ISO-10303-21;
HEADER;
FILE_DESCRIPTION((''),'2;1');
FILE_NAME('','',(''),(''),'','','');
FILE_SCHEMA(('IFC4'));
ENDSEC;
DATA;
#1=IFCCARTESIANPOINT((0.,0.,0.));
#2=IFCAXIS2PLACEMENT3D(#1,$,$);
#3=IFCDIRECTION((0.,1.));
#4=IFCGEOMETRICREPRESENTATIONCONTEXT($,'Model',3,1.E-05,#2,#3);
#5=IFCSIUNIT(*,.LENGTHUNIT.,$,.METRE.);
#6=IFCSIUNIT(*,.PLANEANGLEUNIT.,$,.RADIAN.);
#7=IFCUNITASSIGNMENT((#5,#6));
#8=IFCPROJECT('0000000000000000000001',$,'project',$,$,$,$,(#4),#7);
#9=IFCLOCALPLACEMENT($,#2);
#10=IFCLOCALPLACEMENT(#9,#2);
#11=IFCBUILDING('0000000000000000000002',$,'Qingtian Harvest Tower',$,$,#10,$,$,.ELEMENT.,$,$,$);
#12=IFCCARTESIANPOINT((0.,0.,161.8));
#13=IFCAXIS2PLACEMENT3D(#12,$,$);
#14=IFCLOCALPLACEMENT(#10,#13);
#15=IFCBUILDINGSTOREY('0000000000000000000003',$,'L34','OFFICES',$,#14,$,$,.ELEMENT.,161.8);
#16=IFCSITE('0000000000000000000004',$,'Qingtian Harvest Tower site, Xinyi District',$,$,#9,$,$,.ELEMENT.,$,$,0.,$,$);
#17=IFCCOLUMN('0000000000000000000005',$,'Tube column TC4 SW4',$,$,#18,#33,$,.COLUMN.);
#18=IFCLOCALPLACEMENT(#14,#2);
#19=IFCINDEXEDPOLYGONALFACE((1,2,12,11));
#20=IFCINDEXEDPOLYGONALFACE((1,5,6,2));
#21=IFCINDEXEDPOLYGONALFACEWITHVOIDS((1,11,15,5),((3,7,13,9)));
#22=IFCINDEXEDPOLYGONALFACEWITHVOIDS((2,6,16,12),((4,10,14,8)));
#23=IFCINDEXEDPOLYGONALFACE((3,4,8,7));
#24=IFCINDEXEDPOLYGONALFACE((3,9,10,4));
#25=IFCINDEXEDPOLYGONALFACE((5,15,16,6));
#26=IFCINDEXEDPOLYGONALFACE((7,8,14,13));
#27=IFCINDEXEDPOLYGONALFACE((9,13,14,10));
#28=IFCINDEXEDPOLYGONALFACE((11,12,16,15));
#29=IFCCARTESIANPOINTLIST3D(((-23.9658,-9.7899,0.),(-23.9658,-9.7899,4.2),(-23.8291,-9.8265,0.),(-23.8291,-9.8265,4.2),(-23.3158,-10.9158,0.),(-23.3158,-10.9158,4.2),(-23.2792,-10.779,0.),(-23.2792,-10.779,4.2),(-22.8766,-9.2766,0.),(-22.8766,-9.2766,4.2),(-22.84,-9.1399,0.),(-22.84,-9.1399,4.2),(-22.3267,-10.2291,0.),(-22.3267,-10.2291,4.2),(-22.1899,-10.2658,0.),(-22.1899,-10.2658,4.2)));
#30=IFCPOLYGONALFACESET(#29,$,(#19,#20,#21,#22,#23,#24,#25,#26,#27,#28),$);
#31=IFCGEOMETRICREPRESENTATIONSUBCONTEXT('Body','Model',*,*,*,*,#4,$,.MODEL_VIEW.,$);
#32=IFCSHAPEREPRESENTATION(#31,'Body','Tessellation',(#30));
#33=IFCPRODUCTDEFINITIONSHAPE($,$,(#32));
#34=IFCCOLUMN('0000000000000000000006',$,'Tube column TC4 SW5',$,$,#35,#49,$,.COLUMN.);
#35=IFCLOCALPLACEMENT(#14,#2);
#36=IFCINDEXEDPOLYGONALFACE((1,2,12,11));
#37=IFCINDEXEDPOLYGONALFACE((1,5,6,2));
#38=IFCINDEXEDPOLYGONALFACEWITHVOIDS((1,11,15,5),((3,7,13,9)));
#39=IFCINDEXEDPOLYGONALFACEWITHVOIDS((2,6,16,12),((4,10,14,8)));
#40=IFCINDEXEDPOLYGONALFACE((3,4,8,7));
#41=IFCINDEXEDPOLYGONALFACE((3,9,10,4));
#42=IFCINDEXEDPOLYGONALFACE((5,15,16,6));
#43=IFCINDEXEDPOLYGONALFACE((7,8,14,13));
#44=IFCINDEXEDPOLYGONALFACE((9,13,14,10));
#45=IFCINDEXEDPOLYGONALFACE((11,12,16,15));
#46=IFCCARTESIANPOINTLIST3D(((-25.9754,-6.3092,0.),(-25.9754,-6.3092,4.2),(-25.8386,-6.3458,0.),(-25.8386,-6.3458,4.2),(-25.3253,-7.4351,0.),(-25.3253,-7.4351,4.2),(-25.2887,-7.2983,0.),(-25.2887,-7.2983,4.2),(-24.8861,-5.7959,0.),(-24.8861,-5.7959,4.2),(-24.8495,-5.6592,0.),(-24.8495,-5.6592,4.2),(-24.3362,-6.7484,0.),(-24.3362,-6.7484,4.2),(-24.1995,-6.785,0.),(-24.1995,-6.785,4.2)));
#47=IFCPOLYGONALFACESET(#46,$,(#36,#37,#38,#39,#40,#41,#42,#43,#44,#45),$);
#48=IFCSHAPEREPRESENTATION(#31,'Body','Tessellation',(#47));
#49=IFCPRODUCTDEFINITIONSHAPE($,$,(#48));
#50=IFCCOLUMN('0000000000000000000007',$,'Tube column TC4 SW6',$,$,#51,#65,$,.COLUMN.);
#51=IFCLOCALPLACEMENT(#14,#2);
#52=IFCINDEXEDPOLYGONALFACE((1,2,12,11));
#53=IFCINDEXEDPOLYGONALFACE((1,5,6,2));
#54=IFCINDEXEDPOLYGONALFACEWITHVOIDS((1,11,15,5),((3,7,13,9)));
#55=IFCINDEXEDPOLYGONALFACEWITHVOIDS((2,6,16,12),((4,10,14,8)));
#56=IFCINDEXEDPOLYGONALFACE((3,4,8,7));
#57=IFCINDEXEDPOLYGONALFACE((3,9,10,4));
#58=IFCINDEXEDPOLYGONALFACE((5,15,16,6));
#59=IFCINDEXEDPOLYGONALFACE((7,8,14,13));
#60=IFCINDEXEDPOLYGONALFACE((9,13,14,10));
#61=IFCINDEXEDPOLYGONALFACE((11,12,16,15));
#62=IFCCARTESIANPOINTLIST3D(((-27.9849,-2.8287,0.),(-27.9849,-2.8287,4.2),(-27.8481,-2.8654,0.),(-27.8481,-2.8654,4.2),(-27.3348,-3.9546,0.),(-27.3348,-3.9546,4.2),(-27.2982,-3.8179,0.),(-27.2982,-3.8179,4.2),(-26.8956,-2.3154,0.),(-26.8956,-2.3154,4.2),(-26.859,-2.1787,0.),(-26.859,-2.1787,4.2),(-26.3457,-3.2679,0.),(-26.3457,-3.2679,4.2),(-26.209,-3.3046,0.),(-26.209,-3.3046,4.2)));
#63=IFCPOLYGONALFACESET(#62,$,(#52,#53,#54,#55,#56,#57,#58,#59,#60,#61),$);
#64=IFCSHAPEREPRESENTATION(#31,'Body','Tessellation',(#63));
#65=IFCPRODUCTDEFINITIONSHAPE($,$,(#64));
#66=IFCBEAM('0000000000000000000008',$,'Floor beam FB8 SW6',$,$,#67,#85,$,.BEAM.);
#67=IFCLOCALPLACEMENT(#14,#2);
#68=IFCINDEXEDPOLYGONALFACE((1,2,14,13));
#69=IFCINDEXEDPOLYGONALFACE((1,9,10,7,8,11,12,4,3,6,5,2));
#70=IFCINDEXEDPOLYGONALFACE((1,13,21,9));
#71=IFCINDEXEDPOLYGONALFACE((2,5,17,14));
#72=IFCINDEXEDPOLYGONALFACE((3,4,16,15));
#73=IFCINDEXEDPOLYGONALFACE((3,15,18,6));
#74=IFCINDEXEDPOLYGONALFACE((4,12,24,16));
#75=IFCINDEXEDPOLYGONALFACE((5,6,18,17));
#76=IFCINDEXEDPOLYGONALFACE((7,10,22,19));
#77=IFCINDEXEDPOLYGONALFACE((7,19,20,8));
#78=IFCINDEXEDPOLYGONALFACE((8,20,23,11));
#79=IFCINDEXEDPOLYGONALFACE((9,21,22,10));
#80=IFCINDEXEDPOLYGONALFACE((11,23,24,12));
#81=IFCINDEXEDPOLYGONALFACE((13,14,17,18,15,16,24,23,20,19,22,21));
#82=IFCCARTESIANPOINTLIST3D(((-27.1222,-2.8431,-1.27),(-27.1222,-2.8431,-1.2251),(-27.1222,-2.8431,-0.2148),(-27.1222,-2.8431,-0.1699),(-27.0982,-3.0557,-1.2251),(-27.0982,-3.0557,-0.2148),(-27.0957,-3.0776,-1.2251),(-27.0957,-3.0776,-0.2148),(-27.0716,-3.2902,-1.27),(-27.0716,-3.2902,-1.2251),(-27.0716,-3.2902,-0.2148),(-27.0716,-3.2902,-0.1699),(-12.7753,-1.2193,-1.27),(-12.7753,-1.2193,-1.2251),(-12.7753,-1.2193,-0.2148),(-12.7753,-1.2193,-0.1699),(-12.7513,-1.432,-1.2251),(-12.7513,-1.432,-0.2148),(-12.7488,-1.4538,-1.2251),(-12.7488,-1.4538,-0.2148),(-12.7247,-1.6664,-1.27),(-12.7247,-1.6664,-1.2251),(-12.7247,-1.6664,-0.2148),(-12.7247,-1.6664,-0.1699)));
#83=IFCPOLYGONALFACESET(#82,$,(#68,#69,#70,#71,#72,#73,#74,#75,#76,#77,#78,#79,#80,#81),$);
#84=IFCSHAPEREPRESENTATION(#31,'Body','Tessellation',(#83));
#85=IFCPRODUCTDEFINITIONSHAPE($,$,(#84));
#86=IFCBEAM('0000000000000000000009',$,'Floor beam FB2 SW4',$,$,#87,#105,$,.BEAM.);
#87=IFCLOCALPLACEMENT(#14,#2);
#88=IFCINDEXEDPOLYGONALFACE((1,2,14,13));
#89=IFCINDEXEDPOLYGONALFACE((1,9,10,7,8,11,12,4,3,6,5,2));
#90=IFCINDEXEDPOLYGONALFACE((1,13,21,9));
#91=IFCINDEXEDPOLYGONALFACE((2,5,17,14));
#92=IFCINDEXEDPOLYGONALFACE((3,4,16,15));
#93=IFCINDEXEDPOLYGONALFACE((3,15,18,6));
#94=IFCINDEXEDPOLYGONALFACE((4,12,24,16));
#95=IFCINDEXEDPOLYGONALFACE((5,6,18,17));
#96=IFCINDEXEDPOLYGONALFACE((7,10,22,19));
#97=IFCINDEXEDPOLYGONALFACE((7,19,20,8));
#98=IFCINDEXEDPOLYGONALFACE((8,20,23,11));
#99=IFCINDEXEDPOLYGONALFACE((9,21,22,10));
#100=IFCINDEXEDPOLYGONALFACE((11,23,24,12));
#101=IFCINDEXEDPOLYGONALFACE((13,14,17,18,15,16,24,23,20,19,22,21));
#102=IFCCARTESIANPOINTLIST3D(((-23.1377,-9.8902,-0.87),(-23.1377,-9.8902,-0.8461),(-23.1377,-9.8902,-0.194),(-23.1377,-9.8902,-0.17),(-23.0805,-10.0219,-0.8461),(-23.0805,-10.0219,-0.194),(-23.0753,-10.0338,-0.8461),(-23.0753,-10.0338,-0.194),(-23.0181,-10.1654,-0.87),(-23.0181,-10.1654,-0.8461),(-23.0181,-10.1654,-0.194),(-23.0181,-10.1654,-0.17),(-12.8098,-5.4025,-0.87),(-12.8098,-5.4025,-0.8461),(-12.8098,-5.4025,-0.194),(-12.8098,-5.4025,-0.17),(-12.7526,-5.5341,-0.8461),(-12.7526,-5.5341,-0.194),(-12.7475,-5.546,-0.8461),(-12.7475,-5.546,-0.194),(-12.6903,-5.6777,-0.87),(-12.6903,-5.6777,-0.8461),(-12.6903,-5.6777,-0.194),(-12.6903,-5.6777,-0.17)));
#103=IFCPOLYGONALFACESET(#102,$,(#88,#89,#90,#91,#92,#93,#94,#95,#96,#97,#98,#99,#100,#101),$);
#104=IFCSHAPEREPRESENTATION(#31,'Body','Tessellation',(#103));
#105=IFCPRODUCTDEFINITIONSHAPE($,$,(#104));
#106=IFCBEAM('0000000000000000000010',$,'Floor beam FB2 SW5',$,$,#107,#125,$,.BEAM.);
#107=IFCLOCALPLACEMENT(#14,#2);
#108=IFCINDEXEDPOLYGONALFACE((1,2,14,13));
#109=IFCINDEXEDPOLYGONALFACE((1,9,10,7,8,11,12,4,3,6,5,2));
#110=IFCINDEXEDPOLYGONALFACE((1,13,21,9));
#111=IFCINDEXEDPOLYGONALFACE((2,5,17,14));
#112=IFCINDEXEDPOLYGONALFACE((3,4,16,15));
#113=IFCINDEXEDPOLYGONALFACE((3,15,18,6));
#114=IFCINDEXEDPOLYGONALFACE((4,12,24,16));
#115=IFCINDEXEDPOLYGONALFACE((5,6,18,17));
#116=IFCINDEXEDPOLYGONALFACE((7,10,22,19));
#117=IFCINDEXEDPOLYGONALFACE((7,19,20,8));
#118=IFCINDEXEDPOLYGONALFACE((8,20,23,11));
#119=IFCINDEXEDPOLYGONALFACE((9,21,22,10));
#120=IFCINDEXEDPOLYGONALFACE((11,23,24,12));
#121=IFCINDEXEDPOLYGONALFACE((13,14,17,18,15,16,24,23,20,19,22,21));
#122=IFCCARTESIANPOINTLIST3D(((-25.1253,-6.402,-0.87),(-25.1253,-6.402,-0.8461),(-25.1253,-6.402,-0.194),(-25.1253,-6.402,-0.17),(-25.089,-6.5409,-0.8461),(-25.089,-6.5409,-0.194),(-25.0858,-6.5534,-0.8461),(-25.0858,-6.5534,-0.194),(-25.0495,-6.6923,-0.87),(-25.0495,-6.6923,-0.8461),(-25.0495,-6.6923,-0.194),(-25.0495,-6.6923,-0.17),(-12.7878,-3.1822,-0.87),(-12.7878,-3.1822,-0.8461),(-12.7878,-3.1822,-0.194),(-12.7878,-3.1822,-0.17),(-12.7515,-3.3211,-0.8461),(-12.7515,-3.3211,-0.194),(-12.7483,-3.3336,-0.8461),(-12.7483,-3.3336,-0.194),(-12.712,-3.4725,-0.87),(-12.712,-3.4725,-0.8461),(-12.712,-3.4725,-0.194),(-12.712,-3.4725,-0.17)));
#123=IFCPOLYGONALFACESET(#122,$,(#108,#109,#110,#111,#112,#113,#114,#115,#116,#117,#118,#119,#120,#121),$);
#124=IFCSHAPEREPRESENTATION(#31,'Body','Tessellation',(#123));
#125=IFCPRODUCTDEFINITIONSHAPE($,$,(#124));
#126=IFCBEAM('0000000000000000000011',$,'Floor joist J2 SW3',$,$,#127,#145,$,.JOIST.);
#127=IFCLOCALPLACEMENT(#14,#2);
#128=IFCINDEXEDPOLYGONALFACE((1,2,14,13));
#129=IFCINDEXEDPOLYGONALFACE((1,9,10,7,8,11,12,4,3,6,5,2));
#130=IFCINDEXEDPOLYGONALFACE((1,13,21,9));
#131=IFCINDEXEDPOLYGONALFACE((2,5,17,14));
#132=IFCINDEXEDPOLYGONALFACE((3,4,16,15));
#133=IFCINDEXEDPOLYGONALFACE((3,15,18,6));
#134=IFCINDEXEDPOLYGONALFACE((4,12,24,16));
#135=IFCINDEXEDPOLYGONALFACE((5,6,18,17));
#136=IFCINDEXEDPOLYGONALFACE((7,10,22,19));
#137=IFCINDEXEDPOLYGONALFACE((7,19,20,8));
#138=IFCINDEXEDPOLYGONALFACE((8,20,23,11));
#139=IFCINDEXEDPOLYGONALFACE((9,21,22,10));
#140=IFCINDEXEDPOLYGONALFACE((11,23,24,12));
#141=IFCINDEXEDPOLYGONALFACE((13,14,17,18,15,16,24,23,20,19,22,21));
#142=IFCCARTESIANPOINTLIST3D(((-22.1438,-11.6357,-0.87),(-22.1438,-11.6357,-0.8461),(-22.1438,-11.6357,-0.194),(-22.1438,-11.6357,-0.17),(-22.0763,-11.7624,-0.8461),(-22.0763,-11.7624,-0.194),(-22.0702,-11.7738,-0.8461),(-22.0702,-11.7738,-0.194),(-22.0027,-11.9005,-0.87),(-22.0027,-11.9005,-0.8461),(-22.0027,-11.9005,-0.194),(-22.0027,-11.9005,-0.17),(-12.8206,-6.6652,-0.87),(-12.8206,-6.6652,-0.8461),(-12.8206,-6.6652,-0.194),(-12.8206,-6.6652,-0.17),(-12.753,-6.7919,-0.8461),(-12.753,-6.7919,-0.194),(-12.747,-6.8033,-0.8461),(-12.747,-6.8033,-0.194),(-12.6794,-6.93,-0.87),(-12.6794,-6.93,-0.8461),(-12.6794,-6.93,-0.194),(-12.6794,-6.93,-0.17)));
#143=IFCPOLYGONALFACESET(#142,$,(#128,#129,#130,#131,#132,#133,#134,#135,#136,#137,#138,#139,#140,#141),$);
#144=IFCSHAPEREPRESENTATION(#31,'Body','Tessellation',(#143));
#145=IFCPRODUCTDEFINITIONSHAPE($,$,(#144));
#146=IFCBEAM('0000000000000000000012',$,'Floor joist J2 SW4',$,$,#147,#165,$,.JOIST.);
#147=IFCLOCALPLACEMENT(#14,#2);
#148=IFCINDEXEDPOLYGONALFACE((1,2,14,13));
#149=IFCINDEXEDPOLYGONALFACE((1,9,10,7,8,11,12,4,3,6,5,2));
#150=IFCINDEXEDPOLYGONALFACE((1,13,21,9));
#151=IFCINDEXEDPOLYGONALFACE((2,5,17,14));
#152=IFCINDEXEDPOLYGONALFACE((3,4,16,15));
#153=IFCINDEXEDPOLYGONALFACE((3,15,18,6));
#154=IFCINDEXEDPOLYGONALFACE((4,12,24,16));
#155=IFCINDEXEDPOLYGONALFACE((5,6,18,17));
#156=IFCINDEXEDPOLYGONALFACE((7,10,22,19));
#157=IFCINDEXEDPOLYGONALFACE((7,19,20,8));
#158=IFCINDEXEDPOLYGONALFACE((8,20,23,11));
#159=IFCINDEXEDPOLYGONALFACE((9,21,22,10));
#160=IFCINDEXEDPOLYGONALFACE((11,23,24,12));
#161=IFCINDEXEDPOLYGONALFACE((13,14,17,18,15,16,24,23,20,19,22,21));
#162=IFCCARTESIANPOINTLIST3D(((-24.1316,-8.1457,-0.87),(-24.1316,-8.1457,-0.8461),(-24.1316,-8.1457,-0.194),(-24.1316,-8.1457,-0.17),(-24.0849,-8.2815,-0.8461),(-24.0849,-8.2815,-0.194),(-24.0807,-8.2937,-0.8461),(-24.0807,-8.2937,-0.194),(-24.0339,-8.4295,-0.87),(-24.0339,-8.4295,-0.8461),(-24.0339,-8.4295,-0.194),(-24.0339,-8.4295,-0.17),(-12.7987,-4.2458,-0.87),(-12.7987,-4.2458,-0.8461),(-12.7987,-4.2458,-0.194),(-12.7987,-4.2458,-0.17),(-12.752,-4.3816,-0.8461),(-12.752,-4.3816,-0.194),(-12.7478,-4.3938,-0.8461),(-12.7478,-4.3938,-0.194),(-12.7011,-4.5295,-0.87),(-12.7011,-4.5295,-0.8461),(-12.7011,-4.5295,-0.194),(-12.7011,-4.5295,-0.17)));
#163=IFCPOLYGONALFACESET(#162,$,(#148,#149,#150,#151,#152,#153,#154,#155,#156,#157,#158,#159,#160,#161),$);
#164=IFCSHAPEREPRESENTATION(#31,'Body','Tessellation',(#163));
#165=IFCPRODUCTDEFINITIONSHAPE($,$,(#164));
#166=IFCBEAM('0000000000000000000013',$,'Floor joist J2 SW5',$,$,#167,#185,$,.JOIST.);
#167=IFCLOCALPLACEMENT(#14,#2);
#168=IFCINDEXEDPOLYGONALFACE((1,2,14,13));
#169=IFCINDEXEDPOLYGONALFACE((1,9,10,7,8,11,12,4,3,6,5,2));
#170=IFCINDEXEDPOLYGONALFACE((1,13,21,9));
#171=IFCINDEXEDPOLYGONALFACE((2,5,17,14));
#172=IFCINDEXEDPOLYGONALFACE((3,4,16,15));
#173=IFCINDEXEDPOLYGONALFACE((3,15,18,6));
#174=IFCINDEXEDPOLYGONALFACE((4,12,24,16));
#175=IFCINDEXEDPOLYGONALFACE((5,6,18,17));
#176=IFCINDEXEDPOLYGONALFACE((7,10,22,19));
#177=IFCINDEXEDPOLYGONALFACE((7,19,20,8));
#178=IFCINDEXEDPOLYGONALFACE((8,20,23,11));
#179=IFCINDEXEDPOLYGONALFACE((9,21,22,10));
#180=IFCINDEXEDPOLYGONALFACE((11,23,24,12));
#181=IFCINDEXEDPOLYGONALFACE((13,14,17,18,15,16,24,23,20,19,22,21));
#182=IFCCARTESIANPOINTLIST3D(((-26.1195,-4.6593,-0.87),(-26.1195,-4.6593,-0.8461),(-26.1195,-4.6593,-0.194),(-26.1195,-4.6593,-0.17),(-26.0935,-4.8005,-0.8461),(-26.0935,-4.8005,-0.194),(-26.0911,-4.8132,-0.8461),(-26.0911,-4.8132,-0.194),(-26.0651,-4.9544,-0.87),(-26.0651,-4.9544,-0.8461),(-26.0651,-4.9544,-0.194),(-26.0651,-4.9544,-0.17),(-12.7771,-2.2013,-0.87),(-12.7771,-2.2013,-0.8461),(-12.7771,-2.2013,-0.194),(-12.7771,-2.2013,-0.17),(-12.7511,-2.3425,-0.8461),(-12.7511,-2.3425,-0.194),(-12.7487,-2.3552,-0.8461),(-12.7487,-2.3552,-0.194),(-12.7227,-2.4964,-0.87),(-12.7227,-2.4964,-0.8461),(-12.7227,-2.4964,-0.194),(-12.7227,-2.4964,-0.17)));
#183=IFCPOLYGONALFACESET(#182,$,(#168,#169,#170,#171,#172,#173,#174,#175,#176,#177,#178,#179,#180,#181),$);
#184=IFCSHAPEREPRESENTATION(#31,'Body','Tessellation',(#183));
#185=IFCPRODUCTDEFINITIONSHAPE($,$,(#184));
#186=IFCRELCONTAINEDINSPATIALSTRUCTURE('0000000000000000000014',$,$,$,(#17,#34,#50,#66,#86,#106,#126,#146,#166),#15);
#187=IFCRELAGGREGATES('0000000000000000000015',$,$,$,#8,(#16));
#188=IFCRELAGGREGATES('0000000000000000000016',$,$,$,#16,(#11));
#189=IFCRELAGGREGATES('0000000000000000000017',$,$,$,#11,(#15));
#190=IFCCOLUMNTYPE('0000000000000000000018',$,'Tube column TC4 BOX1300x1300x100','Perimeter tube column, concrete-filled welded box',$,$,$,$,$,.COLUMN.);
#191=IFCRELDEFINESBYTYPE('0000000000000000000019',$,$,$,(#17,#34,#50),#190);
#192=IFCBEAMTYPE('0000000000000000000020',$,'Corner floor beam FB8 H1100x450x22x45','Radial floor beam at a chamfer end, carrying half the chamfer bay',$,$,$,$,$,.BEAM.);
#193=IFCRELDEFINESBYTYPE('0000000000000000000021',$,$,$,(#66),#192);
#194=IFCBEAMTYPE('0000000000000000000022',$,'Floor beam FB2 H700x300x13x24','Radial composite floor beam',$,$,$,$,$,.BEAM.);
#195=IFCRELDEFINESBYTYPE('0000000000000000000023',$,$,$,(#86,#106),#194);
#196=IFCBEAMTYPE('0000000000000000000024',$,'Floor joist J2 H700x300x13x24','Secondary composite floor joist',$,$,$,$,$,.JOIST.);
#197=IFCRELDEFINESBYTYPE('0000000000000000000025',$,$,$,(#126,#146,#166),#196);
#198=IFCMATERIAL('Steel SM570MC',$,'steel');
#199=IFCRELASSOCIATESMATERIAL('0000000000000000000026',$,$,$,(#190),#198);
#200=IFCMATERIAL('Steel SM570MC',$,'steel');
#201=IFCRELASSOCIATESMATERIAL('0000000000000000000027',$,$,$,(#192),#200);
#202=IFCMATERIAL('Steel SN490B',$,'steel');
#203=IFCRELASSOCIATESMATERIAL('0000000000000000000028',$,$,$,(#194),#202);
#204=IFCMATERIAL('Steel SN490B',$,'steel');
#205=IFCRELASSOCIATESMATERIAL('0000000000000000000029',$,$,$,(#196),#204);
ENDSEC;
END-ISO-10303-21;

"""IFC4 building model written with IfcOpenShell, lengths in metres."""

from ifc_helpers import new_model, si_unit, direction, frame, origin, origin_2d, place, context, subcontext, project, spatial, hollow_rectangle, i_section, extrude, material, material_profile, profile_set, type_object, element, save


model = new_model("IFC4")

# Units and contexts
model_context = context("Model", 3, precision=1e-05, world=origin(), true_north=direction((0.0, 1.0)))
body_context = subcontext(model_context, "Body", "Model", "MODEL_VIEW")
ifc_project = project(units=[si_unit("LENGTHUNIT", "METRE"), si_unit("PLANEANGLEUNIT", "RADIAN")], contexts=[model_context])

# Site, building, storey
site_placement = place(None, origin())
site = spatial("IfcSite", under=ifc_project, at=site_placement, Name="Qingtian Harvest Tower site, Xinyi District", CompositionType="ELEMENT", RefElevation=0.0)
building_placement = place(site_placement, origin())
building = spatial("IfcBuilding", under=site, at=building_placement, Name="Qingtian Harvest Tower", CompositionType="ELEMENT")
storey_placement = place(building_placement, frame((0.0, 0.0, 161.8)))
storey = spatial("IfcBuildingStorey", under=building, at=storey_placement, Name="L34", Description="OFFICES", CompositionType="ELEMENT", Elevation=161.8)

# Columns
ifc_material_1 = material(Name="Steel SM570MC", Category="steel")
ifc_material_profile_1 = material_profile(ifc_material_1, hollow_rectangle(XDim=1.3, YDim=1.3, WallThickness=0.1001, at=origin_2d()), Name="BOX1300x1300x100")
ifc_profile_set_1 = profile_set([ifc_material_profile_1], Name="Steel SM570MC")
column_type = type_object("IfcColumnType", Name="Tube column TC4 BOX1300x1300x100", Description="Perimeter tube column, concrete-filled welded box", PredefinedType="COLUMN", material=ifc_profile_set_1)
for number, where, z_axis, x_axis, name in (
    (1, (-23.0779, -10.0278, 0.0), (0.0, 0.0, 1.0), (0.5, -0.866025, 0.0), "Tube column TC4 SW4"),
    (2, (-25.0874, -6.5471, 0.0), (0.0, 0.0, 1.0), (0.5, -0.866025, 0.0), "Tube column TC4 SW5"),
    (3, (-27.0969, -3.0667, 0.0), (0.0, 0.0, 1.0), (0.5, -0.866025, 0.0), "Tube column TC4 SW6"),
):
    element("IfcColumn", number, at=place(storey_placement, frame(where, z_axis=z_axis, x_axis=x_axis)), inside=storey, type_object=column_type, Name=name, PredefinedType="COLUMN", context=body_context, shape_type="SweptSolid", body=[
        extrude(hollow_rectangle(XDim=1.3, YDim=1.3, WallThickness=0.1001, at=origin_2d()), origin(), (0.0, 0.0, 1.0), 4.2),
    ])

# Beams
ifc_material_2 = material(Name="Steel SM570MC", Category="steel")
ifc_material_profile_2 = material_profile(ifc_material_2, i_section(OverallWidth=0.45, OverallDepth=1.1001, WebThickness=0.022, FlangeThickness=0.0449, at=origin_2d()), Name="H1100x450x22x45")
ifc_profile_set_2 = profile_set([ifc_material_profile_2], Name="Steel SM570MC")
beam_type_1 = type_object("IfcBeamType", Name="Corner floor beam FB8 H1100x450x22x45", Description="Radial floor beam at a chamfer end, carrying half the chamfer bay", PredefinedType="BEAM", material=ifc_profile_set_2)
beam_1_placement = place(storey_placement, frame((-27.0969, -3.0667, -0.72), z_axis=(0.993656, 0.112462, 0.0), x_axis=(-0.112462, 0.993656, 0.0)))
element("IfcBeam", 4, at=beam_1_placement, inside=storey, type_object=beam_type_1, Name="Floor beam FB8 SW6", PredefinedType="BEAM", context=body_context, shape_type="SweptSolid", body=[
    extrude(i_section(OverallWidth=0.45, OverallDepth=1.1001, WebThickness=0.022, FlangeThickness=0.0449, at=origin_2d()), origin(), (0.0, 0.0, 1.0), 14.4385),
])
ifc_material_3 = material(Name="Steel SN490B", Category="steel")
ifc_material_profile_3 = material_profile(ifc_material_3, i_section(OverallWidth=0.3, OverallDepth=0.7, WebThickness=0.0129, FlangeThickness=0.0239, at=origin_2d()), Name="H700x300x13x24")
ifc_profile_set_3 = profile_set([ifc_material_profile_3], Name="Steel SN490B")
beam_type_2 = type_object("IfcBeamType", Name="Floor beam FB2 H700x300x13x24", Description="Radial composite floor beam", PredefinedType="BEAM", material=ifc_profile_set_3)
beam_2_placement = place(storey_placement, frame((-23.0779, -10.0278, -0.52), z_axis=(0.917154, 0.398533, 0.0), x_axis=(-0.398533, 0.917154, 0.0)))
element("IfcBeam", 5, at=beam_2_placement, inside=storey, type_object=beam_type_2, Name="Floor beam FB2 SW4", PredefinedType="BEAM", context=body_context, shape_type="SweptSolid", body=[
    extrude(i_section(OverallWidth=0.3, OverallDepth=0.7, WebThickness=0.0129, FlangeThickness=0.0239, at=origin_2d()), origin(), (0.0, 0.0, 1.0), 11.2607),
])
beam_3_placement = place(storey_placement, frame((-25.0874, -6.5471, -0.52), z_axis=(0.967593, 0.252515, 0.0), x_axis=(-0.252515, 0.967593, 0.0)))
element("IfcBeam", 6, at=beam_3_placement, inside=storey, type_object=beam_type_2, Name="Floor beam FB2 SW5", PredefinedType="BEAM", context=body_context, shape_type="SweptSolid", body=[
    extrude(i_section(OverallWidth=0.3, OverallDepth=0.7, WebThickness=0.0129, FlangeThickness=0.0239, at=origin_2d()), origin(), (0.0, 0.0, 1.0), 12.7507),
])
ifc_material_4 = material(Name="Steel SN490B", Category="steel")
ifc_material_profile_4 = material_profile(ifc_material_4, i_section(OverallWidth=0.3, OverallDepth=0.7, WebThickness=0.0129, FlangeThickness=0.0239, at=origin_2d()), Name="H700x300x13x24")
ifc_profile_set_4 = profile_set([ifc_material_profile_4], Name="Steel SN490B")
beam_type_3 = type_object("IfcBeamType", Name="Floor joist J2 H700x300x13x24", Description="Secondary composite floor joist", PredefinedType="JOIST", material=ifc_profile_set_4)
beam_4_placement = place(storey_placement, frame((-22.0732, -11.7681, -0.52), z_axis=(0.882429, 0.470446, 0.0), x_axis=(-0.470446, 0.882429, 0.0)))
element("IfcBeam", 7, at=beam_4_placement, inside=storey, type_object=beam_type_3, Name="Floor joist J2 SW3", PredefinedType="JOIST", context=body_context, shape_type="SweptSolid", body=[
    extrude(i_section(OverallWidth=0.3, OverallDepth=0.7, WebThickness=0.0129, FlangeThickness=0.0239, at=origin_2d()), origin(), (0.0, 0.0, 1.0), 10.5654),
])
beam_5_placement = place(storey_placement, frame((-24.0828, -8.2876, -0.52), z_axis=(0.945577, 0.325398, 0.0), x_axis=(-0.325398, 0.945577, 0.0)))
element("IfcBeam", 8, at=beam_5_placement, inside=storey, type_object=beam_type_3, Name="Floor joist J2 SW4", PredefinedType="JOIST", context=body_context, shape_type="SweptSolid", body=[
    extrude(i_section(OverallWidth=0.3, OverallDepth=0.7, WebThickness=0.0129, FlangeThickness=0.0239, at=origin_2d()), origin(), (0.0, 0.0, 1.0), 11.9851),
])
beam_6_placement = place(storey_placement, frame((-26.0923, -4.8069, -0.52), z_axis=(0.98345, 0.181178, 0.0), x_axis=(-0.181178, 0.98345, 0.0)))
element("IfcBeam", 9, at=beam_6_placement, inside=storey, type_object=beam_type_3, Name="Floor joist J2 SW5", PredefinedType="JOIST", context=body_context, shape_type="SweptSolid", body=[
    extrude(i_section(OverallWidth=0.3, OverallDepth=0.7, WebThickness=0.0129, FlangeThickness=0.0239, at=origin_2d()), origin(), (0.0, 0.0, 1.0), 13.5669),
])

save(model, "model.ifc")
